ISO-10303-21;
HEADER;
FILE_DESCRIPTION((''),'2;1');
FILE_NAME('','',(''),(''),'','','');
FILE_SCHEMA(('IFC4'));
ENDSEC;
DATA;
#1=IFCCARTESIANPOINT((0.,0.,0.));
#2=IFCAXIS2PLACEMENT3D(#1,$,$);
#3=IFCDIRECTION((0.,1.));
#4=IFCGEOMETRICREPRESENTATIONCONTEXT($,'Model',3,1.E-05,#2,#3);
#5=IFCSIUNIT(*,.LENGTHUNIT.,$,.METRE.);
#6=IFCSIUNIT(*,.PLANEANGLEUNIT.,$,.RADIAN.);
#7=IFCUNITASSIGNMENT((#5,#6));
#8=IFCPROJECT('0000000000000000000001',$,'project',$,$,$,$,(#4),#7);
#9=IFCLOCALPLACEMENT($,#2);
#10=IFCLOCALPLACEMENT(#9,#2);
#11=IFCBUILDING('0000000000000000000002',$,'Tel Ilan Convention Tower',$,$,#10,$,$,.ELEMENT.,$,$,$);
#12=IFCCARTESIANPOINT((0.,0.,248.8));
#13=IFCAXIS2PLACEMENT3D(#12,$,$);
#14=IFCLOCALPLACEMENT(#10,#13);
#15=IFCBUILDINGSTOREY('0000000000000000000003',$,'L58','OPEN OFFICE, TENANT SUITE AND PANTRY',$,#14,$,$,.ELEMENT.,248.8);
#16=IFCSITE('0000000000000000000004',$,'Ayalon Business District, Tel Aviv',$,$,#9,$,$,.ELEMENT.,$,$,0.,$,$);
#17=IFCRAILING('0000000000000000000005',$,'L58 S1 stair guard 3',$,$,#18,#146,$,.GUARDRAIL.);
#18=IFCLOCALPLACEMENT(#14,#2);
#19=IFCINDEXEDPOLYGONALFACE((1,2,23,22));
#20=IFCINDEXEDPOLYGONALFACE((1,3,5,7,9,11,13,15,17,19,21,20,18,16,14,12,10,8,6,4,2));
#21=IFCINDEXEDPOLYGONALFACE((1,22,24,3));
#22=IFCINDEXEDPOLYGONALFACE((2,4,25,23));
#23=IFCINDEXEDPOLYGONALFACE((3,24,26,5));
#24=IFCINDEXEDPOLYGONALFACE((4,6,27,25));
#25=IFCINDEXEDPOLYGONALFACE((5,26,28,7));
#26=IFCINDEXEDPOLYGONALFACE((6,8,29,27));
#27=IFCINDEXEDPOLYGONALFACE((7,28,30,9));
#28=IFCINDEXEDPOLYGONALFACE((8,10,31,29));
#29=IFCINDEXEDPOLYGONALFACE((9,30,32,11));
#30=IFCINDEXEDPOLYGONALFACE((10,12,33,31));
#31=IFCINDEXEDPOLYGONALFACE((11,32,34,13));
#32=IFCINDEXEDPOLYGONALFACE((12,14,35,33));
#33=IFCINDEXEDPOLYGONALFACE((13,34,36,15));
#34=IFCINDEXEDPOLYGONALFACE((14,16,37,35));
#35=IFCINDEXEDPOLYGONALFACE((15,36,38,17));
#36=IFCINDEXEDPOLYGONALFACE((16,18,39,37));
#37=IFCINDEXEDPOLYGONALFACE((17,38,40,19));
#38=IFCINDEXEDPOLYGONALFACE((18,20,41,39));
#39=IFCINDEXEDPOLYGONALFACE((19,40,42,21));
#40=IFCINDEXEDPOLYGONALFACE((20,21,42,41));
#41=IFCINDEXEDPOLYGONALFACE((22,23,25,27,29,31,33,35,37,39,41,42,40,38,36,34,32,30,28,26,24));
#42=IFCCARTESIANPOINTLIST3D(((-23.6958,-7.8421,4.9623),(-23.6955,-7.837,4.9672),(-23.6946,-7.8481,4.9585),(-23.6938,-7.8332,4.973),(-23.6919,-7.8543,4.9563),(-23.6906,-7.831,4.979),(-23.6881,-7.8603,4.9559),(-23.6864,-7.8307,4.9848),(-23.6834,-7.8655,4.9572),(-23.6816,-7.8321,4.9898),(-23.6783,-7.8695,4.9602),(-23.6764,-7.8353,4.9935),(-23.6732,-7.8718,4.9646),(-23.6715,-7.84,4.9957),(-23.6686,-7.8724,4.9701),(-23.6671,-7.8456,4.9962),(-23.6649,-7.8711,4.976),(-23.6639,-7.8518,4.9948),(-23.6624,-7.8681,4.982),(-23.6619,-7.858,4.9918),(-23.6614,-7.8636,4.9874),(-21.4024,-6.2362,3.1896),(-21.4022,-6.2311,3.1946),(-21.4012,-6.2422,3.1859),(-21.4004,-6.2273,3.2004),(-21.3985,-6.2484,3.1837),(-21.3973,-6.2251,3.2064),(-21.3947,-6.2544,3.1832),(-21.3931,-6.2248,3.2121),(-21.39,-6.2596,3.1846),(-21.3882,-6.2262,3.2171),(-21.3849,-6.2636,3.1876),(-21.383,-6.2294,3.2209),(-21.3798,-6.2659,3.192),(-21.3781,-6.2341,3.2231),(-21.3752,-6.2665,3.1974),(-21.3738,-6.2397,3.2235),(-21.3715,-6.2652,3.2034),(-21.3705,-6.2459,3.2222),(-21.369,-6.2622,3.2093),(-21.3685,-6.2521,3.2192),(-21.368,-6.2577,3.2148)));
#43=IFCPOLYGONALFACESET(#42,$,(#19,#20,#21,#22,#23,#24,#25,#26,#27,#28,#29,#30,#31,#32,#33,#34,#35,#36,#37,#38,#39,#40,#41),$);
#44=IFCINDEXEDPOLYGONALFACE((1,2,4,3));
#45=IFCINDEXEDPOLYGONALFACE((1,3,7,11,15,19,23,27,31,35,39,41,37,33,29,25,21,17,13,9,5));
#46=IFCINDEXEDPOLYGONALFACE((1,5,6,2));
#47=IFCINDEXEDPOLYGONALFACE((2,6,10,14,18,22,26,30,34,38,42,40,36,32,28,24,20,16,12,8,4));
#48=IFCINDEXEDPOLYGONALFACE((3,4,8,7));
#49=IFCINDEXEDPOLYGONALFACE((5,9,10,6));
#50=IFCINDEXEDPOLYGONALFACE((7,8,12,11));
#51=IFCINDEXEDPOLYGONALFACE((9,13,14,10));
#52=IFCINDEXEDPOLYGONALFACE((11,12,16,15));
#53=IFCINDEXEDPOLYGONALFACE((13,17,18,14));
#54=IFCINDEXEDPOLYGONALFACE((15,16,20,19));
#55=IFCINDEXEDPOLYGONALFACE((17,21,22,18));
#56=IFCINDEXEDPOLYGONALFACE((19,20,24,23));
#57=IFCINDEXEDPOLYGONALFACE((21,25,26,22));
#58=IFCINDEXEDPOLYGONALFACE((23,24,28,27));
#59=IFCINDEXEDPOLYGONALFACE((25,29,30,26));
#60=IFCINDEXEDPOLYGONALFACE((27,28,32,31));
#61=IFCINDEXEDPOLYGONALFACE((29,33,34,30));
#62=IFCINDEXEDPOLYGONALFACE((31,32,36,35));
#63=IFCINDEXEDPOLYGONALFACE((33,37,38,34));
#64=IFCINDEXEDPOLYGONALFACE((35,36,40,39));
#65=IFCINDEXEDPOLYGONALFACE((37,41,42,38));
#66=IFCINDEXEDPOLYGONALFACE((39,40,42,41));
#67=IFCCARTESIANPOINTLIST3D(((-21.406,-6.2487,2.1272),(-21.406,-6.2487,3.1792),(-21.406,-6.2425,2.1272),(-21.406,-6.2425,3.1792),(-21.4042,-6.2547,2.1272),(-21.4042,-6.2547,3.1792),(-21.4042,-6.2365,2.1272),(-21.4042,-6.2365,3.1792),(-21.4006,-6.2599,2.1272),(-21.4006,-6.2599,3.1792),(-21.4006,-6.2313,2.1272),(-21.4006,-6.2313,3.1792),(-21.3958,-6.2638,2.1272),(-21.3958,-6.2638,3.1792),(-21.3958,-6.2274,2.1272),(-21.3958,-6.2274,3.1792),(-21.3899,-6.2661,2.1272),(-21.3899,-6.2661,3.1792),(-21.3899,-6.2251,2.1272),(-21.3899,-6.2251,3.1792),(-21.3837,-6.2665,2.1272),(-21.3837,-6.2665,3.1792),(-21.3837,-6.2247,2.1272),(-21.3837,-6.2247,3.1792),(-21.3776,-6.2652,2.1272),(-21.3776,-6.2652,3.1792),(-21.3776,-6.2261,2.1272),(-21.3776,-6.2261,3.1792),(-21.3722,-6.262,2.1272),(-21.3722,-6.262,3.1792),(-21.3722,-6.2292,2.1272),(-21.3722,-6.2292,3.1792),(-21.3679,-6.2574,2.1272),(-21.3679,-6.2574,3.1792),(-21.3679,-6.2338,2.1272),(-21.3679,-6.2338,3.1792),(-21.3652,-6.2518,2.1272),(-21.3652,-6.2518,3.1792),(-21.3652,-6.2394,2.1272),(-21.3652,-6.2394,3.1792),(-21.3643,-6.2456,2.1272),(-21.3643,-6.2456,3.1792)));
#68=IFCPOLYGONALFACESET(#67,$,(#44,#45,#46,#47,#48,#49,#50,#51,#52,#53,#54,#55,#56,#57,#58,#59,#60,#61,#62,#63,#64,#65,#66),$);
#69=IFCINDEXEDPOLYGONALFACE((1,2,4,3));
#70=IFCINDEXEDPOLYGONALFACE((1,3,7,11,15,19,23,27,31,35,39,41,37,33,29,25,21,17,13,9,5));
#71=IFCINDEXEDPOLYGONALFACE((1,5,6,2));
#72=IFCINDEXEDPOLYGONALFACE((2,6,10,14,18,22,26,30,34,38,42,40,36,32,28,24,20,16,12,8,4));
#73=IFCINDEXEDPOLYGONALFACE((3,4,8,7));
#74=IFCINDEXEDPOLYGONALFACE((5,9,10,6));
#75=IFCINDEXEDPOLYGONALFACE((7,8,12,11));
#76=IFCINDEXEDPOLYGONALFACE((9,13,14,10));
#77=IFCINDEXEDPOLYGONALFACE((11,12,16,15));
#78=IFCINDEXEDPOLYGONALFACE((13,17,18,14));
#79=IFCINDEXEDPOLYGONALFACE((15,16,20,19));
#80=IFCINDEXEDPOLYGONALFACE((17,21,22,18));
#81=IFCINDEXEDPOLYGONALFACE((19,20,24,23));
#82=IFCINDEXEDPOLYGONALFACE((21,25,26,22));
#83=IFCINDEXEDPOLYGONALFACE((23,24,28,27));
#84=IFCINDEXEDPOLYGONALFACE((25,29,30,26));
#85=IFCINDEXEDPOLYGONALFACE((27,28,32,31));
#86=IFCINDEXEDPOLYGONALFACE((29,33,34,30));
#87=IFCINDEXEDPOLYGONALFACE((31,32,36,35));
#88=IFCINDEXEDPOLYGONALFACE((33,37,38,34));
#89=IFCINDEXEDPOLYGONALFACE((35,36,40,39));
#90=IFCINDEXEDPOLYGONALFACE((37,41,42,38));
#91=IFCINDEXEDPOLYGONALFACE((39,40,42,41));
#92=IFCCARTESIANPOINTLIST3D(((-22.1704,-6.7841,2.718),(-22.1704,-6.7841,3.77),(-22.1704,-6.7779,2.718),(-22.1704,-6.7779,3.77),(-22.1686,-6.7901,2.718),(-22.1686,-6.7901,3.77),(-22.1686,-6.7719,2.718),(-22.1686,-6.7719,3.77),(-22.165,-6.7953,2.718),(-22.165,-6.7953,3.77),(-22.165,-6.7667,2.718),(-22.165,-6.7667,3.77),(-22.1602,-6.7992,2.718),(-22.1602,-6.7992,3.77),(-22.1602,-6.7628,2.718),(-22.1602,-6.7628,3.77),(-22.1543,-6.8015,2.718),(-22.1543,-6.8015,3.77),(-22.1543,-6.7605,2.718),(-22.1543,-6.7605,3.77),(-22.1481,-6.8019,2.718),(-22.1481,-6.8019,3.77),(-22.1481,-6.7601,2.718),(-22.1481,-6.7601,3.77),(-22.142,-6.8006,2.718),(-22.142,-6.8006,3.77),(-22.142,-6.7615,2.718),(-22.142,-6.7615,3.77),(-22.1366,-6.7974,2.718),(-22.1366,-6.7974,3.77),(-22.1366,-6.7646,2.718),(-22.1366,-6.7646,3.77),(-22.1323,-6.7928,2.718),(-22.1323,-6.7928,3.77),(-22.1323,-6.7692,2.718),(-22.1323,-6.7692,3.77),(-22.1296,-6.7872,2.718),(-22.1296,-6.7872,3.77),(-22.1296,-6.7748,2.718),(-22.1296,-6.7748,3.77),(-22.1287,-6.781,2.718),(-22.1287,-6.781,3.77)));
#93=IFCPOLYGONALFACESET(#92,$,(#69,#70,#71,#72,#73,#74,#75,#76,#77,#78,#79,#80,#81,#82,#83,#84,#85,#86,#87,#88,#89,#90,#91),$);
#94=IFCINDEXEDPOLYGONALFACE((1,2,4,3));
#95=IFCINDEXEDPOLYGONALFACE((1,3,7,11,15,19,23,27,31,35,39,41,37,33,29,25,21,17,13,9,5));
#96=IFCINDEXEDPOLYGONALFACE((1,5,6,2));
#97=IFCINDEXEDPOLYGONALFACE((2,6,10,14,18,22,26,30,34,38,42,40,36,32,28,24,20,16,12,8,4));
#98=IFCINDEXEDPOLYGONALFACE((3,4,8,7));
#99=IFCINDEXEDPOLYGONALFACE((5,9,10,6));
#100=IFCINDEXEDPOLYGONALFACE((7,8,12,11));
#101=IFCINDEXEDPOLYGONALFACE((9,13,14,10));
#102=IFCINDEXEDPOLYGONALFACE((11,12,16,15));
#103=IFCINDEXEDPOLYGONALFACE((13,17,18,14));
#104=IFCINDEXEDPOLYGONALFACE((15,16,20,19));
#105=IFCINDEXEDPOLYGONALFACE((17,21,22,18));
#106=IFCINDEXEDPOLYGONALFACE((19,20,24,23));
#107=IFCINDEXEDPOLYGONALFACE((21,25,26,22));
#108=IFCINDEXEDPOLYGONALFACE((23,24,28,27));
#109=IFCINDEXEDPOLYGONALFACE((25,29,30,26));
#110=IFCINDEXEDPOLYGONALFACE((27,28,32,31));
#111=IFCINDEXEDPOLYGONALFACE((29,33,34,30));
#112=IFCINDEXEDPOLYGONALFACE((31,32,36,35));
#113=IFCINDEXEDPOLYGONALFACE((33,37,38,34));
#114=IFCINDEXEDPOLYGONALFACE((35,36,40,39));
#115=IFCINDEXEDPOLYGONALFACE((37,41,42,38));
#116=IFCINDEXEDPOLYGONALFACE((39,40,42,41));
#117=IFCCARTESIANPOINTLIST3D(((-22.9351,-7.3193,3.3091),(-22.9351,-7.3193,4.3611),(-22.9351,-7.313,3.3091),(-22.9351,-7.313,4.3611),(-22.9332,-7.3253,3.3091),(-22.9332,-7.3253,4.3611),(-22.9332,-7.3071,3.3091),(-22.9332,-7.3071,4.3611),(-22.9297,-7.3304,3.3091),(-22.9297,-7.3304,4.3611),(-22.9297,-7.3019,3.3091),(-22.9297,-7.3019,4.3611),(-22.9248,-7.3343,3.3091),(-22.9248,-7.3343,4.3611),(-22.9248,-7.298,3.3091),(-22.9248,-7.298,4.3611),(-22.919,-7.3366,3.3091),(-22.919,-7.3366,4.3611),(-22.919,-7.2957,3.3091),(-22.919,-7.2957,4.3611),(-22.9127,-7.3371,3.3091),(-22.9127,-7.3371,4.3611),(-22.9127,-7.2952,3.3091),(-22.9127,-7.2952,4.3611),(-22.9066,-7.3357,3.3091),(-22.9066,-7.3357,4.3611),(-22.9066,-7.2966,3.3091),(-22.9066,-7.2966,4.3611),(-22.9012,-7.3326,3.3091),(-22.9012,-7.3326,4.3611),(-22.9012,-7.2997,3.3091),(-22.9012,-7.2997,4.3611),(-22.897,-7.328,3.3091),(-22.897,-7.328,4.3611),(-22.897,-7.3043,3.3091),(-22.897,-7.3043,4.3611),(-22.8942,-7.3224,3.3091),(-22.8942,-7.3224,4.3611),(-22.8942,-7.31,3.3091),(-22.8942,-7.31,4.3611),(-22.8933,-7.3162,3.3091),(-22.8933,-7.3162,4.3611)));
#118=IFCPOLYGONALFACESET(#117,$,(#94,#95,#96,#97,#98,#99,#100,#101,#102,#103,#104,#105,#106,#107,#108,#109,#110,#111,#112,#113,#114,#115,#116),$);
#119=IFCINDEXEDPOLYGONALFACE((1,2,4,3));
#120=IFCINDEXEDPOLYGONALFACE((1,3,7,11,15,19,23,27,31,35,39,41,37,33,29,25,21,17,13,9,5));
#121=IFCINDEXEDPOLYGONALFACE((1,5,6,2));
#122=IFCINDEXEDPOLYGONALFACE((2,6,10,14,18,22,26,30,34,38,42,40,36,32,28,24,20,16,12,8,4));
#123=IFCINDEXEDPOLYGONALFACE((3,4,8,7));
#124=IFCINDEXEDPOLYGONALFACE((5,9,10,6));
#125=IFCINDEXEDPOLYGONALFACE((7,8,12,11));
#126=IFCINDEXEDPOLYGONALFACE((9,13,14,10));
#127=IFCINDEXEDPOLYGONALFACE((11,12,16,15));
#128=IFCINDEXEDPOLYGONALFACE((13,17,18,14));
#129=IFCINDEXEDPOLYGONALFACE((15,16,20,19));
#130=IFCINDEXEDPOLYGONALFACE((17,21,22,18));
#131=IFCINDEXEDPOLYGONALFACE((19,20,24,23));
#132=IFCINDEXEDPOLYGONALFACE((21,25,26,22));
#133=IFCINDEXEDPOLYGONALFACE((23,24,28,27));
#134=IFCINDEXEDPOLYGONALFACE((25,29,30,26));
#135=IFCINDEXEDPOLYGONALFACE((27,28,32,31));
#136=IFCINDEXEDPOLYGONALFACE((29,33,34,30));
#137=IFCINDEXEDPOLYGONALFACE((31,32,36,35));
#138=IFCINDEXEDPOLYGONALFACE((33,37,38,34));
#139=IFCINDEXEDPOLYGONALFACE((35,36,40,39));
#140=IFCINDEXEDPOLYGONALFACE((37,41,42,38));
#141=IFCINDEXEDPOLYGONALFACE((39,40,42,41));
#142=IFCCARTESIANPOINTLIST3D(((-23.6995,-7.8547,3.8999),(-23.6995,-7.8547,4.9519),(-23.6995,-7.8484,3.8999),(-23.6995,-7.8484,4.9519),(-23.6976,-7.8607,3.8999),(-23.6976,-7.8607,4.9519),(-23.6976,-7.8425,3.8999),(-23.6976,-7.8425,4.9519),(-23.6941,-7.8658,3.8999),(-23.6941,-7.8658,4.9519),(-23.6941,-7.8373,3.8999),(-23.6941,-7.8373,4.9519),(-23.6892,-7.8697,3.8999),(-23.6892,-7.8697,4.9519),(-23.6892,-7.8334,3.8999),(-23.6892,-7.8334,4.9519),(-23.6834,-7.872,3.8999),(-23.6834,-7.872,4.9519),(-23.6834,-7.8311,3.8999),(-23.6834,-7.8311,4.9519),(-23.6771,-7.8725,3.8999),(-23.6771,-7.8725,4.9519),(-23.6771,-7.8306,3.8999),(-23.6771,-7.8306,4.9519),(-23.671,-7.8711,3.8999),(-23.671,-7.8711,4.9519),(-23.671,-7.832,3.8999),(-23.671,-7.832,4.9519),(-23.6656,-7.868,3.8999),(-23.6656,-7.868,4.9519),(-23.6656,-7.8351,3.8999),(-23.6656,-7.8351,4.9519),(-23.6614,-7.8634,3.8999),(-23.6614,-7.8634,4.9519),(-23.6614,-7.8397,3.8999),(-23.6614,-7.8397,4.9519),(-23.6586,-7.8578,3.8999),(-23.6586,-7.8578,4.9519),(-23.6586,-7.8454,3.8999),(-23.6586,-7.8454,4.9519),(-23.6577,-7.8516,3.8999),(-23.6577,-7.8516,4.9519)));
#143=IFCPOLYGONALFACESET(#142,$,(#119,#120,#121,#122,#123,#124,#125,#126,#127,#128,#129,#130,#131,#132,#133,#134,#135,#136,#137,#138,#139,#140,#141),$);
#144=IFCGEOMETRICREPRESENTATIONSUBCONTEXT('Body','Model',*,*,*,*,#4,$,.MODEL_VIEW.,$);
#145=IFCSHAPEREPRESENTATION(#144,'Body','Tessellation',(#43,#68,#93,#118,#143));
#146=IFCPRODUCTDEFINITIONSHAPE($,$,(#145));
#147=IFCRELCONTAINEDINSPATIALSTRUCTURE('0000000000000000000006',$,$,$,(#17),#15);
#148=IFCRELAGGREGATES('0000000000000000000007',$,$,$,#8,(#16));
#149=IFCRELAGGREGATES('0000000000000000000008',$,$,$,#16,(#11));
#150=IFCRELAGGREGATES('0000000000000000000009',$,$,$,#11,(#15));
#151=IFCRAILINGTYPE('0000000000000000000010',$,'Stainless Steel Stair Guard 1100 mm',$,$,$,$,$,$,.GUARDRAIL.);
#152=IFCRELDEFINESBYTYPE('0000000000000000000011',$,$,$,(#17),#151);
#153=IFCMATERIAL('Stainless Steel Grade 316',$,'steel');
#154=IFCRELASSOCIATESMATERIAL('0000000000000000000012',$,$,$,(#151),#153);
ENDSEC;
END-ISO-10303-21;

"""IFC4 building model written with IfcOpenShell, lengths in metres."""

from ifc_helpers import new_model, si_unit, direction, frame, origin, origin_2d, place, context, subcontext, project, spatial, circle, extrude, material, type_object, element, save


model = new_model("IFC4")

# Units and contexts
model_context = context("Model", 3, precision=1e-05, world=origin(), true_north=direction((0.0, 1.0)))
body_context = subcontext(model_context, "Body", "Model", "MODEL_VIEW")
ifc_project = project(units=[si_unit("LENGTHUNIT", "METRE"), si_unit("PLANEANGLEUNIT", "RADIAN")], contexts=[model_context])

# Site, building, storey
site_placement = place(None, origin())
site = spatial("IfcSite", under=ifc_project, at=site_placement, Name="Ayalon Business District, Tel Aviv", CompositionType="ELEMENT", RefElevation=0.0)
building_placement = place(site_placement, origin())
building = spatial("IfcBuilding", under=site, at=building_placement, Name="Tel Ilan Convention Tower", CompositionType="ELEMENT")
storey_placement = place(building_placement, frame((0.0, 0.0, 248.8)))
storey = spatial("IfcBuildingStorey", under=building, at=storey_placement, Name="L58", Description="OPEN OFFICE, TENANT SUITE AND PANTRY", CompositionType="ELEMENT", Elevation=248.8)

# Railing
ifc_material_1 = material(Name="Stainless Steel Grade 316", Category="steel")
railing_type_1 = type_object("IfcRailingType", Name="Stainless Steel Stair Guard 1100 mm", PredefinedType="GUARDRAIL", material=ifc_material_1)
railing_1_placement = place(storey_placement, frame((-21.3853, -6.2456, 2.1272)))
element("IfcRailing", 1, at=railing_1_placement, inside=storey, type_object=railing_type_1, Name="L58 S1 stair guard 3", PredefinedType="GUARDRAIL", context=body_context, shape_type="SweptSolid", body=[
    extrude(circle(Radius=0.0239, at=origin_2d()), frame((0.0, 0.0, 1.0762), z_axis=(-0.692085, -0.484621, 0.53494), x_axis=(0.573591, -0.819142, 0.0)), (0.0, 0.0, 1.0), 3.3137),
    extrude(circle(Radius=0.021, at=origin_2d()), origin(), (0.0, 0.0, 1.0), 1.052),
    extrude(circle(Radius=0.021, at=origin_2d()), frame((-0.7644, -0.5354, 0.5908)), (0.0, 0.0, 1.0), 1.052),
    extrude(circle(Radius=0.021, at=origin_2d()), frame((-1.5291, -1.0706, 1.1819)), (0.0, 0.0, 1.0), 1.052),
    extrude(circle(Radius=0.021, at=origin_2d()), frame((-2.2935, -1.606, 1.7727)), (0.0, 0.0, 1.0), 1.052),
])

save(model, "model.ifc")
